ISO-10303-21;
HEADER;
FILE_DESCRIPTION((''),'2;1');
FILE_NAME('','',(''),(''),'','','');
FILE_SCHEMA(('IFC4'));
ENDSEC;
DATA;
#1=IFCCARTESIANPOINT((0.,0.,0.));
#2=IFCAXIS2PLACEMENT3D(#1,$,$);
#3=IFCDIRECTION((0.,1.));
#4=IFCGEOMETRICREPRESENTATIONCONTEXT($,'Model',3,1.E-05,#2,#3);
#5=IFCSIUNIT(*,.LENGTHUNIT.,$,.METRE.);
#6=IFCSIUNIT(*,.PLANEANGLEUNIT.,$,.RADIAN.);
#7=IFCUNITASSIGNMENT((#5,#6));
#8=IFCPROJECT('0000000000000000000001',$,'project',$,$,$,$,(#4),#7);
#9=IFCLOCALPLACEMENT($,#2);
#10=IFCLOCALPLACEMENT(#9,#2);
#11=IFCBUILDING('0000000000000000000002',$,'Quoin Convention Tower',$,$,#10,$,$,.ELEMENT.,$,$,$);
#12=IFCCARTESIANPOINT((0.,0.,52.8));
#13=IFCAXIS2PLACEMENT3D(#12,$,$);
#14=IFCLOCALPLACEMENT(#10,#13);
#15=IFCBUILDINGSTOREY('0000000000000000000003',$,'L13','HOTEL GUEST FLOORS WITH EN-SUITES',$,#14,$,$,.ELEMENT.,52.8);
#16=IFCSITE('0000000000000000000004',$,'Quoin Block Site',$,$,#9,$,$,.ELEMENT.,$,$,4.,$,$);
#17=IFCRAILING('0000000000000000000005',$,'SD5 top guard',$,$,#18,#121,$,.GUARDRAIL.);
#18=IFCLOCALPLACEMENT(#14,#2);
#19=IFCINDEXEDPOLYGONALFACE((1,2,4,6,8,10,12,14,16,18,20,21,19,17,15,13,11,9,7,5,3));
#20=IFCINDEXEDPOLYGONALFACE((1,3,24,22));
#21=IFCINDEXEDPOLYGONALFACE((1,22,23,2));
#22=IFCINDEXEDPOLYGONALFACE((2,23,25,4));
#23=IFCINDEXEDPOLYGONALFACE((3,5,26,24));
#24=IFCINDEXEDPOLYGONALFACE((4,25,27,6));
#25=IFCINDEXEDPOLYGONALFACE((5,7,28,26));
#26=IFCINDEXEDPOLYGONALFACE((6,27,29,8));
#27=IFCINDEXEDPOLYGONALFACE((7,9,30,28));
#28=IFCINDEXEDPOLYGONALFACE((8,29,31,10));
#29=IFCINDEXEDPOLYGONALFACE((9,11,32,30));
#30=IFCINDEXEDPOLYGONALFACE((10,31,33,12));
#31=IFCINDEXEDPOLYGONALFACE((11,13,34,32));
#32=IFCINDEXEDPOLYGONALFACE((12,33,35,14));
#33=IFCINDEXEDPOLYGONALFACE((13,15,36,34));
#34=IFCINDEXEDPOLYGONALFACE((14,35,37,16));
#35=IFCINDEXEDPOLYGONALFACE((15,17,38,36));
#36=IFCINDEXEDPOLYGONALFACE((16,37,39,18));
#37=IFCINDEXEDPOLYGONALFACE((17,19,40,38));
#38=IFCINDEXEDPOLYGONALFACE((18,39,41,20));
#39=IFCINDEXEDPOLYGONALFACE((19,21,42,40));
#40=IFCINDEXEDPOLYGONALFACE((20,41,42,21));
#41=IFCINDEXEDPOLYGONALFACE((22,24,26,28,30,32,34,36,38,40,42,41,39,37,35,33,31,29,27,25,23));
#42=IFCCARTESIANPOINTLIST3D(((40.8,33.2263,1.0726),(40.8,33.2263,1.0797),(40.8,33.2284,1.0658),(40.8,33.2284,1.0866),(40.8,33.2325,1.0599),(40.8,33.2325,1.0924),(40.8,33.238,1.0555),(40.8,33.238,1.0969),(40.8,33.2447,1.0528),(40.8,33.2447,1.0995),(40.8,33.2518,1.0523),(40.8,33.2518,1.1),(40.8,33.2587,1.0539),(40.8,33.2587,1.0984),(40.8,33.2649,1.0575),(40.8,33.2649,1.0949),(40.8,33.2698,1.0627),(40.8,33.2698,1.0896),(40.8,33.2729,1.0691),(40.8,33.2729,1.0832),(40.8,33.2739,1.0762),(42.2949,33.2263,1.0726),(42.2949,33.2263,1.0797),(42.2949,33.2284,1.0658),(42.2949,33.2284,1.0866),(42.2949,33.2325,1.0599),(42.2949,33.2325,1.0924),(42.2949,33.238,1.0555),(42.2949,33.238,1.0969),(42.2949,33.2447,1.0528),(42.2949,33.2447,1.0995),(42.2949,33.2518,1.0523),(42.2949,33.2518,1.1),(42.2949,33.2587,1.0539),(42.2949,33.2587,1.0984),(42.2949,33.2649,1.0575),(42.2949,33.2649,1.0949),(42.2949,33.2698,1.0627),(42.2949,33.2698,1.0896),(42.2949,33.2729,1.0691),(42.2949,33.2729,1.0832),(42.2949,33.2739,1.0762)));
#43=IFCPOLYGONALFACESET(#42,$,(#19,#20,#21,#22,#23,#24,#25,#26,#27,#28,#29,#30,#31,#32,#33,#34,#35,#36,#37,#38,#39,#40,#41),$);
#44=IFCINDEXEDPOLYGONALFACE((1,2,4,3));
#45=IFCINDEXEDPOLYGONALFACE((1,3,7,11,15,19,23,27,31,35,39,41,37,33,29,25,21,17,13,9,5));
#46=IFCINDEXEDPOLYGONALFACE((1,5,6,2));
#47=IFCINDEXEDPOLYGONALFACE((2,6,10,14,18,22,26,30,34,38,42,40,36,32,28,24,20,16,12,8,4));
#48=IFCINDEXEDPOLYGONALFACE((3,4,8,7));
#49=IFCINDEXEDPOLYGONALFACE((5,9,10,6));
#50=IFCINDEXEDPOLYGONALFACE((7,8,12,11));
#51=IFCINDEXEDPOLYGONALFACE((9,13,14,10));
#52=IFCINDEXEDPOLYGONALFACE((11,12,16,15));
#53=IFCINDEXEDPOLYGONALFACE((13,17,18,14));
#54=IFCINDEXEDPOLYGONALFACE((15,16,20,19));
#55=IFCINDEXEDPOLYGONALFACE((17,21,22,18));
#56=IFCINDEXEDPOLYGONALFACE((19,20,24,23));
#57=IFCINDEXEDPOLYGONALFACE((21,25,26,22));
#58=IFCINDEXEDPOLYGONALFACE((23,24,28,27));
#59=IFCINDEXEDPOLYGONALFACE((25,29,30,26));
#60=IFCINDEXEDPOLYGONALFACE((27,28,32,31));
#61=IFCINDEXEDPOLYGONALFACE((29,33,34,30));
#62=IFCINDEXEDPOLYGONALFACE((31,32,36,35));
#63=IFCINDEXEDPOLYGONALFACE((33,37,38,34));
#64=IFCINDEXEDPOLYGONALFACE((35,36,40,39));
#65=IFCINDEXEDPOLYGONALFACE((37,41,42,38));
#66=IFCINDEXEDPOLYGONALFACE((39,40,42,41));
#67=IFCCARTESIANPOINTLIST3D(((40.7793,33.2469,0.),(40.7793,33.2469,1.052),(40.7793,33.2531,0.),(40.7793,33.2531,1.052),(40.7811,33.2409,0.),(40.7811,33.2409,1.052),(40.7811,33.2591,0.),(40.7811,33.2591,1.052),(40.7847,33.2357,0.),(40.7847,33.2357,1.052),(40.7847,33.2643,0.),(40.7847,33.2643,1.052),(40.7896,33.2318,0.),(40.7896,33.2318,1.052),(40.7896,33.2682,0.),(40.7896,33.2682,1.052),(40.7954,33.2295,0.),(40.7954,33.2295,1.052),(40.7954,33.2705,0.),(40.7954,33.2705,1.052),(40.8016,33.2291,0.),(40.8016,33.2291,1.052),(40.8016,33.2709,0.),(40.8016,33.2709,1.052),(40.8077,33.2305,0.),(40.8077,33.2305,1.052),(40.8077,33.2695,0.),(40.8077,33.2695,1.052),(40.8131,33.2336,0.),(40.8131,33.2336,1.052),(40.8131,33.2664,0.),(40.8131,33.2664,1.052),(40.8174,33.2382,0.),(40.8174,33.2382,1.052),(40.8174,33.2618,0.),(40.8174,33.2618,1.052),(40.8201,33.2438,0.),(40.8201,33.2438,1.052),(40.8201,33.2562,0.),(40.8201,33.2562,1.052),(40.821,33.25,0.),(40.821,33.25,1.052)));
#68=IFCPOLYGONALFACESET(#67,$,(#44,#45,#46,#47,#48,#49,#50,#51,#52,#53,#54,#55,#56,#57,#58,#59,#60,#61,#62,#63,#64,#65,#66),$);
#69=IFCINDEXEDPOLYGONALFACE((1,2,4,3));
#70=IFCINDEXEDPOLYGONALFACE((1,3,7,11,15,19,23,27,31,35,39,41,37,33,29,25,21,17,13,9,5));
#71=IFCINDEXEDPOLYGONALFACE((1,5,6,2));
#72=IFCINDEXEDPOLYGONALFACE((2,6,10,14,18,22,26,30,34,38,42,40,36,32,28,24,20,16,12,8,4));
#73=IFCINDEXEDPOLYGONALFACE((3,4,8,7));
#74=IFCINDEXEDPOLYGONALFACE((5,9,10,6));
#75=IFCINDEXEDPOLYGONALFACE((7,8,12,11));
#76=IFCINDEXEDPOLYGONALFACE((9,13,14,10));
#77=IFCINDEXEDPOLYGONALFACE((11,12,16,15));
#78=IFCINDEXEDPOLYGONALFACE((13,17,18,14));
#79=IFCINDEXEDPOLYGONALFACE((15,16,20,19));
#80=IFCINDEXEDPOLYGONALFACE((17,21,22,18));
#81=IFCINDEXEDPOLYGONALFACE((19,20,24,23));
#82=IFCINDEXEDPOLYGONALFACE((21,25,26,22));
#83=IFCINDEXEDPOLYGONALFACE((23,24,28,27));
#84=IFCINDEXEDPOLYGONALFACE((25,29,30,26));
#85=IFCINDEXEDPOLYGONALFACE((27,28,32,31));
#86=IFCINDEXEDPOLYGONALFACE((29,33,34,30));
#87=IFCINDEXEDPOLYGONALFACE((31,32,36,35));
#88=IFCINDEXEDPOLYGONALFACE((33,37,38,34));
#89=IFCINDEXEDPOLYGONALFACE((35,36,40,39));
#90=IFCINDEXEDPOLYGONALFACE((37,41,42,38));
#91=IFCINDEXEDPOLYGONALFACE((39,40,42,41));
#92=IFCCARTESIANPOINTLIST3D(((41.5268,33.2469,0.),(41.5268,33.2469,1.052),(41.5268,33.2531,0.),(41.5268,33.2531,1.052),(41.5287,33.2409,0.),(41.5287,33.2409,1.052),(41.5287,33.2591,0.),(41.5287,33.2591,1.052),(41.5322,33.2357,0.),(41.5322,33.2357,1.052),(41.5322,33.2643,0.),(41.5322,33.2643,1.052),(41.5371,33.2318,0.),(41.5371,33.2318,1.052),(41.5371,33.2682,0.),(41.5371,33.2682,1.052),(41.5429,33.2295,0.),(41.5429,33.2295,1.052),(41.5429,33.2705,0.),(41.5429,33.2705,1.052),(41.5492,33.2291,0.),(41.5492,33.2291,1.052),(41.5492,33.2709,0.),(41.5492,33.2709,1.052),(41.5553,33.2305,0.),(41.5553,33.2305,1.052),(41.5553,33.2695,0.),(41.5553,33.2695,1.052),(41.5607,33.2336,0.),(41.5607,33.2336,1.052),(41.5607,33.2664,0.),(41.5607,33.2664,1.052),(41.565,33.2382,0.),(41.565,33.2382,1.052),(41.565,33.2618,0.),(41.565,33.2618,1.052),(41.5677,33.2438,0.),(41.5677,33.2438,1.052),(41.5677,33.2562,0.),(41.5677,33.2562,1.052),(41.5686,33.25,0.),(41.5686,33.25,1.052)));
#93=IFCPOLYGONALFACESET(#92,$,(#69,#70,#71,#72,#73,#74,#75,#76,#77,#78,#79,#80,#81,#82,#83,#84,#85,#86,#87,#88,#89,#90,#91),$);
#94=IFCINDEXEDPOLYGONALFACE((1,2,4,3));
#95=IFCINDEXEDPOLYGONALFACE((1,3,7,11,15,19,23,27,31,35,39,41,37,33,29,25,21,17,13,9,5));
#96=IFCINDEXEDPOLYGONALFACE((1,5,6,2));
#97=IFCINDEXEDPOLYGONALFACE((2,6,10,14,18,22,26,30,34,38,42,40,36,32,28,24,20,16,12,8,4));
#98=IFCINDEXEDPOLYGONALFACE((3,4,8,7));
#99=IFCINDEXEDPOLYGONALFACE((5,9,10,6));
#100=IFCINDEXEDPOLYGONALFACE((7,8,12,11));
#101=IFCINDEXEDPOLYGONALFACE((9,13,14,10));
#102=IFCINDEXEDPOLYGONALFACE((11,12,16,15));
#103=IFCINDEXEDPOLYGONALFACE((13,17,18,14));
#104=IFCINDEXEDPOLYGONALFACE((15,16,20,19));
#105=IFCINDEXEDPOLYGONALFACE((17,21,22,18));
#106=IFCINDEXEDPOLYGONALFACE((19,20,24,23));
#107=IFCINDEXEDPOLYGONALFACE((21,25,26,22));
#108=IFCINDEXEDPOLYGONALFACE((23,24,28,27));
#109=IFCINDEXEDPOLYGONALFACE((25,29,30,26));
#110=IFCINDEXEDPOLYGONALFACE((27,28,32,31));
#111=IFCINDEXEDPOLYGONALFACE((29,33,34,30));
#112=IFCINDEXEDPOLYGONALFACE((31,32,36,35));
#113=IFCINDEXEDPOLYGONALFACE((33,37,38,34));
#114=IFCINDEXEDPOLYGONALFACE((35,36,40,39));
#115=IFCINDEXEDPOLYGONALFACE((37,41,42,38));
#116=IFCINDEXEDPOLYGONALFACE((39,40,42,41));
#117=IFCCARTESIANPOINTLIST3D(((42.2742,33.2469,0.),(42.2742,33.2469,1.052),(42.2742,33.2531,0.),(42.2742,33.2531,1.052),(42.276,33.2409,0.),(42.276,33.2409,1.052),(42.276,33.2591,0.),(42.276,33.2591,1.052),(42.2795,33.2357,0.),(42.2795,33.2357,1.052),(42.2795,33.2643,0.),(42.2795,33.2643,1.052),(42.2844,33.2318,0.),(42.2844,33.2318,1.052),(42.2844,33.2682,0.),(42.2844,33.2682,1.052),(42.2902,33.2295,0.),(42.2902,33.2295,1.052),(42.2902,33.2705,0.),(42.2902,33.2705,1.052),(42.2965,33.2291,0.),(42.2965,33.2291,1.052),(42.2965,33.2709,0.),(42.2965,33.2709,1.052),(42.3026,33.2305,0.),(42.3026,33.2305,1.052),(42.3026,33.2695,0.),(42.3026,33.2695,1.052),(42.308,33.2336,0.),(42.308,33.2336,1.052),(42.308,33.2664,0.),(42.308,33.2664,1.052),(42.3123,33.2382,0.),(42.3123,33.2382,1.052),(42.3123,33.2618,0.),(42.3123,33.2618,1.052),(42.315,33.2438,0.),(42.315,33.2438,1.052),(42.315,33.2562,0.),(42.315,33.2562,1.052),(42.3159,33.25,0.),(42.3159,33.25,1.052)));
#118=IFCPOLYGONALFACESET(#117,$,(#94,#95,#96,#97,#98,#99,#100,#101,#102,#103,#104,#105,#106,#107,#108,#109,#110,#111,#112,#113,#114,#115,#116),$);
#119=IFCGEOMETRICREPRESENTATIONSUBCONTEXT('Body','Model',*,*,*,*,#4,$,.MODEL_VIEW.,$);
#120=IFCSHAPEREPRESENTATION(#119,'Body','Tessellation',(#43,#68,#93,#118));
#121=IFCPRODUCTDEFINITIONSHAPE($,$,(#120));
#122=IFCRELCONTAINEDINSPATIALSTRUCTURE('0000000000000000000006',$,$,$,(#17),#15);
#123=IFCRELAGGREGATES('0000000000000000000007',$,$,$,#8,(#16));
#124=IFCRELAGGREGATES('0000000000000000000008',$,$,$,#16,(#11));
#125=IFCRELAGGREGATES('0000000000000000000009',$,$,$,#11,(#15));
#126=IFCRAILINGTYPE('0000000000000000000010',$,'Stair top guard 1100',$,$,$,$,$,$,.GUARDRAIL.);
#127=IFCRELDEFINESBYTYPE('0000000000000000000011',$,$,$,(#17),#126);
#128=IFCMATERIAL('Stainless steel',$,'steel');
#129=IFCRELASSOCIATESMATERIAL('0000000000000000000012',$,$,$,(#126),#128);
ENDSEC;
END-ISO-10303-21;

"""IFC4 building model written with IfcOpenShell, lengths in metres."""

from ifc_helpers import new_model, si_unit, direction, frame, origin, origin_2d, place, context, subcontext, project, spatial, circle, extrude, material, type_object, element, save


model = new_model("IFC4")

# Units and contexts
model_context = context("Model", 3, precision=1e-05, world=origin(), true_north=direction((0.0, 1.0)))
body_context = subcontext(model_context, "Body", "Model", "MODEL_VIEW")
ifc_project = project(units=[si_unit("LENGTHUNIT", "METRE"), si_unit("PLANEANGLEUNIT", "RADIAN")], contexts=[model_context])

# Site, building, storey
site_placement = place(None, origin())
site = spatial("IfcSite", under=ifc_project, at=site_placement, Name="Quoin Block Site", CompositionType="ELEMENT", RefElevation=4.0)
building_placement = place(site_placement, origin())
building = spatial("IfcBuilding", under=site, at=building_placement, Name="Quoin Convention Tower", CompositionType="ELEMENT")
storey_placement = place(building_placement, frame((0.0, 0.0, 52.8)))
storey = spatial("IfcBuildingStorey", under=building, at=storey_placement, Name="L13", Description="HOTEL GUEST FLOORS WITH EN-SUITES", CompositionType="ELEMENT", Elevation=52.8)

# Railing
ifc_material_1 = material(Name="Stainless steel", Category="steel")
railing_type_1 = type_object("IfcRailingType", Name="Stair top guard 1100", PredefinedType="GUARDRAIL", material=ifc_material_1)
railing_1_placement = place(storey_placement, frame((40.8, 33.25, 0.0)))
element("IfcRailing", 1, at=railing_1_placement, inside=storey, type_object=railing_type_1, Name="SD5 top guard", PredefinedType="GUARDRAIL", context=body_context, shape_type="SweptSolid", body=[
    extrude(circle(Radius=0.0239, at=origin_2d()), frame((0.0, 0.0, 1.0762), z_axis=(1.0, 0.0, 0.0), x_axis=(0.0, 1.0, 0.0)), (0.0, 0.0, 1.0), 1.4949),
    extrude(circle(Radius=0.021, at=origin_2d()), origin(), (0.0, 0.0, 1.0), 1.052),
    extrude(circle(Radius=0.021, at=origin_2d()), frame((0.7476, 0.0, 0.0)), (0.0, 0.0, 1.0), 1.052),
    extrude(circle(Radius=0.021, at=origin_2d()), frame((1.4949, 0.0, 0.0)), (0.0, 0.0, 1.0), 1.052),
])

save(model, "model.ifc")
